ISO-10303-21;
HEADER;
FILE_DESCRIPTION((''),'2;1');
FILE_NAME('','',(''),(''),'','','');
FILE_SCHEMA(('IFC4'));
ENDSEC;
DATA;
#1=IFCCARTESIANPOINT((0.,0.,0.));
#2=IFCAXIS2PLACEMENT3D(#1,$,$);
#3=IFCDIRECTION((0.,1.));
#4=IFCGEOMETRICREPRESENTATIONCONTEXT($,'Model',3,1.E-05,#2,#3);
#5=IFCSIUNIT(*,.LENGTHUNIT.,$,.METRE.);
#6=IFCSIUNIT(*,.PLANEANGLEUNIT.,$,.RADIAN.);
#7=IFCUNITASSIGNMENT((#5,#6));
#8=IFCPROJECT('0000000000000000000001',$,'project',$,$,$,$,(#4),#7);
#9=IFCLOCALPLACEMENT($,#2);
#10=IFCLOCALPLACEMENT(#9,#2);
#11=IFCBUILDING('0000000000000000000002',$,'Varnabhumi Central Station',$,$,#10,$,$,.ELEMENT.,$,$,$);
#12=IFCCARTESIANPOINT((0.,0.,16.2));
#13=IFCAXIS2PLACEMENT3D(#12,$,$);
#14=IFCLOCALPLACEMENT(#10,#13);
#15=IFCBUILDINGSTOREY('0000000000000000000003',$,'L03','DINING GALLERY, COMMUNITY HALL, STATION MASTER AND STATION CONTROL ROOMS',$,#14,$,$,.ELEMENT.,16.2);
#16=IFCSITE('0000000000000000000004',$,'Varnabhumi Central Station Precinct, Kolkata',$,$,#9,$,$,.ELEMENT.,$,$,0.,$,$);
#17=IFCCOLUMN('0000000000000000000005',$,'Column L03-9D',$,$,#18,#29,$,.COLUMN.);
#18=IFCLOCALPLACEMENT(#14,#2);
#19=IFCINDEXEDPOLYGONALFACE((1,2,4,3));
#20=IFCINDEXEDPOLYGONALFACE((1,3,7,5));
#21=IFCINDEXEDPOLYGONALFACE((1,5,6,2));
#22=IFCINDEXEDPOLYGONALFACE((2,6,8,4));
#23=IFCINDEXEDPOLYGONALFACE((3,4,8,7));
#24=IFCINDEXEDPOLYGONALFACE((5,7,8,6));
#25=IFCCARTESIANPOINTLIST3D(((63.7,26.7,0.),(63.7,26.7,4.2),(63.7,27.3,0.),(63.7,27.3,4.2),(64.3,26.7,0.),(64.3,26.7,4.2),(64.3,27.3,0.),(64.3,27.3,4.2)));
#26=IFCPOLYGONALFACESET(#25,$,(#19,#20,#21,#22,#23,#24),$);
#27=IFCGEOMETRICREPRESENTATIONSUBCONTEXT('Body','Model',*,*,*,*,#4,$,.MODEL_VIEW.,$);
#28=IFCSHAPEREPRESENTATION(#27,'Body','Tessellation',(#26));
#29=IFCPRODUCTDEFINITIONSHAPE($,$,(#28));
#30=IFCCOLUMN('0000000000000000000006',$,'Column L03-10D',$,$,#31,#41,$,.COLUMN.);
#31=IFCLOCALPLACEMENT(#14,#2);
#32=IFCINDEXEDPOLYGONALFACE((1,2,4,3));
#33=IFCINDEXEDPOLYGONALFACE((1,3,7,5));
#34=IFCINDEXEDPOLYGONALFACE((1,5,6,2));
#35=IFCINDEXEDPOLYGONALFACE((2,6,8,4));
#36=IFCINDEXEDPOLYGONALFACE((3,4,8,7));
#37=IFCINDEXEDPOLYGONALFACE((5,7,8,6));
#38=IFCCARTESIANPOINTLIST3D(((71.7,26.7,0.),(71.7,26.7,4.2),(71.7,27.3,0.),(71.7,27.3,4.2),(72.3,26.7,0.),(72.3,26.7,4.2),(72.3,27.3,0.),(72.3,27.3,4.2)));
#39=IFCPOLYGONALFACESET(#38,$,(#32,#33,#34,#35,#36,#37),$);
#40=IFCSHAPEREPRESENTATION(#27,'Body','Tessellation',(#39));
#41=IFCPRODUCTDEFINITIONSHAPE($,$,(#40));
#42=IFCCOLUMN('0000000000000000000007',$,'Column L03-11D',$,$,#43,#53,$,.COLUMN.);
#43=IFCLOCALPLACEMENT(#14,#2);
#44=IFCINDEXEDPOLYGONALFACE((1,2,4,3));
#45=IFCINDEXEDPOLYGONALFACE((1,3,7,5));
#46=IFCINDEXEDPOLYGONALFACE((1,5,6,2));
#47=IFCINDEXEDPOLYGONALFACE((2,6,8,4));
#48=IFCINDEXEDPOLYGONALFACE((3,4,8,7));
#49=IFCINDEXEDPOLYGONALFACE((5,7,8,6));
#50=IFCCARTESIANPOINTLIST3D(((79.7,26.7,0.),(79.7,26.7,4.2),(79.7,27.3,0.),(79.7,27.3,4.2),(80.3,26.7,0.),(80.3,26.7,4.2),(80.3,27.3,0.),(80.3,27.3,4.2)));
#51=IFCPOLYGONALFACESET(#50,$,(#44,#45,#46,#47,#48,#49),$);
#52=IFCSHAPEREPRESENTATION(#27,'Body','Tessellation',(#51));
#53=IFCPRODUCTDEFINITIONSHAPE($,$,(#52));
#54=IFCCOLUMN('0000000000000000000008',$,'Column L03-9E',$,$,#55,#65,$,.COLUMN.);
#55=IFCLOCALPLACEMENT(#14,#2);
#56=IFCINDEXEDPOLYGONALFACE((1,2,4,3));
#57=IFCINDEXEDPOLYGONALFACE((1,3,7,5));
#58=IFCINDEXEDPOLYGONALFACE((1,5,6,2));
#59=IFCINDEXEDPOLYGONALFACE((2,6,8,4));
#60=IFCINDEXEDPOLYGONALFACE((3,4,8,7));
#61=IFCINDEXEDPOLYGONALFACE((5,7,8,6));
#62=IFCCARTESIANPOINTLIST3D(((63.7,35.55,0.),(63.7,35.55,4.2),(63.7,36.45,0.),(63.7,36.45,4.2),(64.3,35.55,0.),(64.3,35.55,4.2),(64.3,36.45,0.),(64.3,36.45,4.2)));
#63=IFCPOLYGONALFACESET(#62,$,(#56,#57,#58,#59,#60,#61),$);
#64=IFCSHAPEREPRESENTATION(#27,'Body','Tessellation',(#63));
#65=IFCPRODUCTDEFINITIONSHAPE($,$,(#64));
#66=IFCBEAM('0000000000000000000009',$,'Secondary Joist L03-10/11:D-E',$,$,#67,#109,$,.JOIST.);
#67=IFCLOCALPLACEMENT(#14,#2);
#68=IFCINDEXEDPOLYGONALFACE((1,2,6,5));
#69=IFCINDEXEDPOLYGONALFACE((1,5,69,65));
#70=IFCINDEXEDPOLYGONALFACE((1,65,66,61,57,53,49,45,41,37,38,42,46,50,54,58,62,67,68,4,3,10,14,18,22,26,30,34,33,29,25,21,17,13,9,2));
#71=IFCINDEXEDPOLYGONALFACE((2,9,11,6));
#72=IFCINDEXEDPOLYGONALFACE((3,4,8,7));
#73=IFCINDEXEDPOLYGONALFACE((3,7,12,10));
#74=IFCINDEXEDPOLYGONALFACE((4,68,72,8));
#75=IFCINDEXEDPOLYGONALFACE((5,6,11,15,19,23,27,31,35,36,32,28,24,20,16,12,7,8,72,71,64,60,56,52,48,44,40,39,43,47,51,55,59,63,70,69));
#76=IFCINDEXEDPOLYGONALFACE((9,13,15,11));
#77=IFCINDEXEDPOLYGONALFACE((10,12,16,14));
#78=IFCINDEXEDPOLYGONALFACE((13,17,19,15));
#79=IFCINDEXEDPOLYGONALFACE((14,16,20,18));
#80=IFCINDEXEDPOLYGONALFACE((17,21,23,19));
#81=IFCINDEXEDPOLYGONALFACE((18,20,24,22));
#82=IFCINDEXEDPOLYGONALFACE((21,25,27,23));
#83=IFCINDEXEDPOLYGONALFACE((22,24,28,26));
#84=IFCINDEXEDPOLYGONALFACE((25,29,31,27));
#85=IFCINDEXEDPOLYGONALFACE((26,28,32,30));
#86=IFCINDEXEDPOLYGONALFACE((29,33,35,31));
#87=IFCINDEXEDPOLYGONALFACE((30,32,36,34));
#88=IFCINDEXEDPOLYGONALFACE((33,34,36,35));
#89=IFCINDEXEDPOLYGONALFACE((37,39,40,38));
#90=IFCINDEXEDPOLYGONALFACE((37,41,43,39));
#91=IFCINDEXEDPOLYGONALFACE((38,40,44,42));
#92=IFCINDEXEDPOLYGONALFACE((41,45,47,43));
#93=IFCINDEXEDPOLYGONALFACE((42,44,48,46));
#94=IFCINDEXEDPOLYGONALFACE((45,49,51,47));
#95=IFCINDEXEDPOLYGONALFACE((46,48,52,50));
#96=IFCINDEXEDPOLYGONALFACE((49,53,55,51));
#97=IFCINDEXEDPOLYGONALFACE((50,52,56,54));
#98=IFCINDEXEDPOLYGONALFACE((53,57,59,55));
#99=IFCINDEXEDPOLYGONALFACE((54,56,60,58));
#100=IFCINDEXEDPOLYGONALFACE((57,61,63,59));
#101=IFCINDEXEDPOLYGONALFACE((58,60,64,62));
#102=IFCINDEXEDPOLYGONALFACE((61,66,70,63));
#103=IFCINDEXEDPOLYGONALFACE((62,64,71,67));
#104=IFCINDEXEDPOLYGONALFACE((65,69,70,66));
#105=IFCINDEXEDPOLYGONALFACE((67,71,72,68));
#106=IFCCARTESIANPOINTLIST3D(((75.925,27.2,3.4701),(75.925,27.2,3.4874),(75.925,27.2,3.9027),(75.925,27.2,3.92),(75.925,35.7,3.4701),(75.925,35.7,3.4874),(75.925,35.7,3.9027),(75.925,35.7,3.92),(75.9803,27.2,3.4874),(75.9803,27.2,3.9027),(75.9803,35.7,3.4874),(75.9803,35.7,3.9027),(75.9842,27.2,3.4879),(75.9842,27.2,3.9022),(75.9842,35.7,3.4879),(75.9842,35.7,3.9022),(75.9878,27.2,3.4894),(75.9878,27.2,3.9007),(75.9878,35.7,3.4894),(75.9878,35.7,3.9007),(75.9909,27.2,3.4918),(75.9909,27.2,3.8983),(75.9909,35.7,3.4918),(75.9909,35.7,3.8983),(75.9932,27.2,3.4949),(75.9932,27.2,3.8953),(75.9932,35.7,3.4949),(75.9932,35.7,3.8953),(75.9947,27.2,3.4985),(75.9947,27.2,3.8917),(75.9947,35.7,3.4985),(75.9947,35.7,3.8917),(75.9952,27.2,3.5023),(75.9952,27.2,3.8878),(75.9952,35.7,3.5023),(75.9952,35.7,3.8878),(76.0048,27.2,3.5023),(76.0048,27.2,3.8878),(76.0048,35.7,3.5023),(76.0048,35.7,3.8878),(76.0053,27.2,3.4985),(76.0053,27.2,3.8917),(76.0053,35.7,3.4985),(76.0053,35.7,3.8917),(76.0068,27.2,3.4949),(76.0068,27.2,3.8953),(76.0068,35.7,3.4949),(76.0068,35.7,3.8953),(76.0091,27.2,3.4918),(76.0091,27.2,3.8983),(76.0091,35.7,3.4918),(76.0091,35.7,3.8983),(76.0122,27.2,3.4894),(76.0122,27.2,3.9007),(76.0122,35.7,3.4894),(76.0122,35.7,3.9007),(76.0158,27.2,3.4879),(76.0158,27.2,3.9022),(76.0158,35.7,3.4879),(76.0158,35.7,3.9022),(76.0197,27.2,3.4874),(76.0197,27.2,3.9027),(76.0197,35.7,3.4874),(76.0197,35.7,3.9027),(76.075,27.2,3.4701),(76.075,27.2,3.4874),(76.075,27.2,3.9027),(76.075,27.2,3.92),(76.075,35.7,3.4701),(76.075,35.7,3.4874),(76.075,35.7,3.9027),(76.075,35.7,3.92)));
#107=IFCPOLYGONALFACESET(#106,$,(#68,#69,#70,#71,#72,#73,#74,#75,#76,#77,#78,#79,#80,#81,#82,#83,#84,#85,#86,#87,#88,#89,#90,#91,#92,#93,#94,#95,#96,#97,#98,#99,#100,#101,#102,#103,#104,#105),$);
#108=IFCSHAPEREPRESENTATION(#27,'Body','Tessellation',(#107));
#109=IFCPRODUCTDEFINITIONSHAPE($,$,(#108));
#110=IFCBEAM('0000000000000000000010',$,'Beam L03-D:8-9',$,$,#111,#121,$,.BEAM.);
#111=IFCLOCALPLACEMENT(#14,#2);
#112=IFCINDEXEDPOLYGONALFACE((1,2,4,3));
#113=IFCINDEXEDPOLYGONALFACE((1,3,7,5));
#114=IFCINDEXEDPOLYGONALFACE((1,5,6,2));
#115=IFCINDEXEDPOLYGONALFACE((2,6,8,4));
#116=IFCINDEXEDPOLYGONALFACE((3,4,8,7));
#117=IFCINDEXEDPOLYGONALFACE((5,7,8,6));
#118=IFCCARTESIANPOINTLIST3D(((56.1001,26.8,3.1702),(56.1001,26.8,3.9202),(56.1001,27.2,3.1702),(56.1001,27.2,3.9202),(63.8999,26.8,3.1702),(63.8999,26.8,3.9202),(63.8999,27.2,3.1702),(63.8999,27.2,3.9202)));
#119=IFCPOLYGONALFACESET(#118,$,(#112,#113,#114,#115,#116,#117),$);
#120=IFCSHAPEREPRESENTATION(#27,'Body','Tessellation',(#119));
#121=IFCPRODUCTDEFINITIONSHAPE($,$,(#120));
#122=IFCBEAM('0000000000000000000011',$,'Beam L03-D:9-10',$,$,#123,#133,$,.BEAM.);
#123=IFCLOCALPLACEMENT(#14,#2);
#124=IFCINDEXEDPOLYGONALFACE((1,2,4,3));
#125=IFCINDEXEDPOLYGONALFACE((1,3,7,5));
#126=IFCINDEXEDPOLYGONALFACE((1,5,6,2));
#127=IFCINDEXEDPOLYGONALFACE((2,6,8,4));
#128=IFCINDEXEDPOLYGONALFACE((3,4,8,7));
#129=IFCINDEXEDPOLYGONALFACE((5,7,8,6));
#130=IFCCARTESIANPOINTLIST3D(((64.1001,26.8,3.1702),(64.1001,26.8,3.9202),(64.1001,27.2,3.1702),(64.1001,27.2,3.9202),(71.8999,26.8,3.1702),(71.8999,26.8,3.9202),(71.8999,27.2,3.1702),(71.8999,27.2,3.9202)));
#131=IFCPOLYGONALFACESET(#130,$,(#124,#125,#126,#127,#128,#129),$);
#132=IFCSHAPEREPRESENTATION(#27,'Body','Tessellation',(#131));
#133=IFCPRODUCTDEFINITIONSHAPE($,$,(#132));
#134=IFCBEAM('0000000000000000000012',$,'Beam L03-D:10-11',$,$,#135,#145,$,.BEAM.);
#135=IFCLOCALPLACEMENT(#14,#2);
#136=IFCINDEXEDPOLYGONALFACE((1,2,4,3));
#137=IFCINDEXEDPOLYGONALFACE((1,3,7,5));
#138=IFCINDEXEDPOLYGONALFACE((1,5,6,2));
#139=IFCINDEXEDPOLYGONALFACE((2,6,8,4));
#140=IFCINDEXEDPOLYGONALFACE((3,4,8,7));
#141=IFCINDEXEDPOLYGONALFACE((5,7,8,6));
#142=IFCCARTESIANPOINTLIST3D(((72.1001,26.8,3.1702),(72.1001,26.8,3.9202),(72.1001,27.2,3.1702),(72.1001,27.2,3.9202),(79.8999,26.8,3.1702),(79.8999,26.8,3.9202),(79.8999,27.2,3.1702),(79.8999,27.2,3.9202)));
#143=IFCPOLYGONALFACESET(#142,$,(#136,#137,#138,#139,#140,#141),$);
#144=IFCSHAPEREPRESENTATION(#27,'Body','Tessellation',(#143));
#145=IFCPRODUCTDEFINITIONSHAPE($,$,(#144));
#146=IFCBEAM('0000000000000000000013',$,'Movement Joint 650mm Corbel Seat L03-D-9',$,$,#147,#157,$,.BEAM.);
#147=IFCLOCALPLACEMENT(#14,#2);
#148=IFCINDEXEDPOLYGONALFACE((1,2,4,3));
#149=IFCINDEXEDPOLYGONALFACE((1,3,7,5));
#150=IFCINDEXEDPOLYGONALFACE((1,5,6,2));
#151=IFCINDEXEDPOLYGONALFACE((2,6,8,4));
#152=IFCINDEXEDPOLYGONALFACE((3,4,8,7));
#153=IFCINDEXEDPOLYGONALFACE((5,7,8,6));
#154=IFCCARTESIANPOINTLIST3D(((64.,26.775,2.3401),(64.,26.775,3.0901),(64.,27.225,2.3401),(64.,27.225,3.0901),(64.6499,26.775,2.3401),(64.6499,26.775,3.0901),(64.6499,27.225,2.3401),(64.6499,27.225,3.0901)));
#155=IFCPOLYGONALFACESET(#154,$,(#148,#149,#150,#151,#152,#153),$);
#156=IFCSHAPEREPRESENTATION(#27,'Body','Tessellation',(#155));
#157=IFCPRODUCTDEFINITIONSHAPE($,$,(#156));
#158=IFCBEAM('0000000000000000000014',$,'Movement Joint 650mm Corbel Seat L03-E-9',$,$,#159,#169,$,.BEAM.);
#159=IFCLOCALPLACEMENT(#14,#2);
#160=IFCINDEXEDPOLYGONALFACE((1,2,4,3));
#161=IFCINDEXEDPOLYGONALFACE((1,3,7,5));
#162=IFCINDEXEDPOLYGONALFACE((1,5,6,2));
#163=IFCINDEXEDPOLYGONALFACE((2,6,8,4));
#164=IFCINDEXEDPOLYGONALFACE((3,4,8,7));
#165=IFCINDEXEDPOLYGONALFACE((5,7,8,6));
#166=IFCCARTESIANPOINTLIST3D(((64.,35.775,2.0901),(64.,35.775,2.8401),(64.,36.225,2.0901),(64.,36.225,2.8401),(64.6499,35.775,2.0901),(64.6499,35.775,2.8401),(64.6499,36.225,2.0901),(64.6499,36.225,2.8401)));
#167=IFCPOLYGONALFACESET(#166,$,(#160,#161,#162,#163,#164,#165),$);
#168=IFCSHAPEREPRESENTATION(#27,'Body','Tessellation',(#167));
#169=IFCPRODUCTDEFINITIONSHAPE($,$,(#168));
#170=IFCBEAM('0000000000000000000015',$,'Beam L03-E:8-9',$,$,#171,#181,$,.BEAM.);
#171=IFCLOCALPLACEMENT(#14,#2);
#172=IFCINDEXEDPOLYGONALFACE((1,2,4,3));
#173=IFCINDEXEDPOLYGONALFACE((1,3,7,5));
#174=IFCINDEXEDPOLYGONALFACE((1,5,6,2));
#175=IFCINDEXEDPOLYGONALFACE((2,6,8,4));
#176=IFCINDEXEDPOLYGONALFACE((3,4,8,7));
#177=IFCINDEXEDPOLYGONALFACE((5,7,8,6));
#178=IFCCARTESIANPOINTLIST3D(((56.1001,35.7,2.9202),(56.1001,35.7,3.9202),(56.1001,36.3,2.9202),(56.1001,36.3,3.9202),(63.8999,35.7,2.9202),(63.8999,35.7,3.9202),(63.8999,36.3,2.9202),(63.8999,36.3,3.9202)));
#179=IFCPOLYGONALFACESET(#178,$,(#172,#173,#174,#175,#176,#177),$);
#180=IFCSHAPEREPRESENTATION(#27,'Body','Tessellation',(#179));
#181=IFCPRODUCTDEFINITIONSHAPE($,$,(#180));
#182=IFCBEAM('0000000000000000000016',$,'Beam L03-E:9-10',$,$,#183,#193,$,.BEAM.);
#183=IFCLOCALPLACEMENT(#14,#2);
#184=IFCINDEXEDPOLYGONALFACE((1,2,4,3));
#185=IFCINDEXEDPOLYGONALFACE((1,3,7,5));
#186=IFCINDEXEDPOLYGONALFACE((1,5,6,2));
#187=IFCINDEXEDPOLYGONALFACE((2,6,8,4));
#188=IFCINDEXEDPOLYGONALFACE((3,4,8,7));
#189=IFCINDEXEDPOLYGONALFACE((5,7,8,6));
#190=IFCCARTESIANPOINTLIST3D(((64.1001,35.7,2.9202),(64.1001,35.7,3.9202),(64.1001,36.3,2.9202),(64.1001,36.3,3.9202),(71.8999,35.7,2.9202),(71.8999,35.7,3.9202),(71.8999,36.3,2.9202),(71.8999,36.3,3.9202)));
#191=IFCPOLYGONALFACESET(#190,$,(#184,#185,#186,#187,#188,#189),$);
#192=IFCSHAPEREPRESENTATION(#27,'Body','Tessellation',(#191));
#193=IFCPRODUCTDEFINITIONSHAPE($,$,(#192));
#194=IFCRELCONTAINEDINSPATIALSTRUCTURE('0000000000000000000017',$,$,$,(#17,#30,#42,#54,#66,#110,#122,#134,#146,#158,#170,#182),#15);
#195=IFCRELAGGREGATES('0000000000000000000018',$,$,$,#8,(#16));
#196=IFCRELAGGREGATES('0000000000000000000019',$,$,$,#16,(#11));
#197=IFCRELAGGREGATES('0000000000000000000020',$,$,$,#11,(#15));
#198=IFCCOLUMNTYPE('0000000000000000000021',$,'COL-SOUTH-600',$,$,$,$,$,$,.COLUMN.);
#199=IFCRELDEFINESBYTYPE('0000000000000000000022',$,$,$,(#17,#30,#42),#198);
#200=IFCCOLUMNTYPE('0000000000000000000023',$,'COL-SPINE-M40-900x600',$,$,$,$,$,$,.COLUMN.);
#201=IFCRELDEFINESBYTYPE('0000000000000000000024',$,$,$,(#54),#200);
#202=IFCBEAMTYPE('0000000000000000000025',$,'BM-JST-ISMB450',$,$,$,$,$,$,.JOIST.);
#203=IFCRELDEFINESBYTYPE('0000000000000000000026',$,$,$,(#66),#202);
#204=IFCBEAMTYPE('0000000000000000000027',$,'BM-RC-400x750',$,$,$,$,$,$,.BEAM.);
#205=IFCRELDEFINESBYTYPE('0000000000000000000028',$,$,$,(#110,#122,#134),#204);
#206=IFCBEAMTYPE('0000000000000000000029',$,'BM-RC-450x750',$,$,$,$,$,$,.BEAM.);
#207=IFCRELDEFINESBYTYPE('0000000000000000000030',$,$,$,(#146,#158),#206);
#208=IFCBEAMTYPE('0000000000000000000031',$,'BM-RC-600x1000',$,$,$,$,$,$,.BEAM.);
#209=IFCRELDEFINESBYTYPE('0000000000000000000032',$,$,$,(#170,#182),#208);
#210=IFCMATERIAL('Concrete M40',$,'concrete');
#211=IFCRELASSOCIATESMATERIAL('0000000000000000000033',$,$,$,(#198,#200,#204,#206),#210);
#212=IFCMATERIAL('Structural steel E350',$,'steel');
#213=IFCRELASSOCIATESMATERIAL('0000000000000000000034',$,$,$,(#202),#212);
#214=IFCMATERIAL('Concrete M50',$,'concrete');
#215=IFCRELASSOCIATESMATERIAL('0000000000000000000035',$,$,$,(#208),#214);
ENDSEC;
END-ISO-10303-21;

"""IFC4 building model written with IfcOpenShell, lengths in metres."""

from ifc_helpers import new_model, si_unit, direction, frame, origin, origin_2d, place, context, subcontext, project, spatial, rectangle, i_section, extrude, material, material_profile, profile_set, type_object, element, save


model = new_model("IFC4")

# Units and contexts
model_context = context("Model", 3, precision=1e-05, world=origin(), true_north=direction((0.0, 1.0)))
body_context = subcontext(model_context, "Body", "Model", "MODEL_VIEW")
ifc_project = project(units=[si_unit("LENGTHUNIT", "METRE"), si_unit("PLANEANGLEUNIT", "RADIAN")], contexts=[model_context])

# Site, building, storey
site_placement = place(None, origin())
site = spatial("IfcSite", under=ifc_project, at=site_placement, Name="Varnabhumi Central Station Precinct, Kolkata", CompositionType="ELEMENT", RefElevation=0.0)
building_placement = place(site_placement, origin())
building = spatial("IfcBuilding", under=site, at=building_placement, Name="Varnabhumi Central Station", CompositionType="ELEMENT")
storey_placement = place(building_placement, frame((0.0, 0.0, 16.2)))
storey = spatial("IfcBuildingStorey", under=building, at=storey_placement, Name="L03", Description="DINING GALLERY, COMMUNITY HALL, STATION MASTER AND STATION CONTROL ROOMS", CompositionType="ELEMENT", Elevation=16.2)

# Columns
ifc_material_1 = material(Name="Concrete M40", Category="concrete")
ifc_material_profile_1 = material_profile(ifc_material_1, rectangle(XDim=0.6001, YDim=0.6001, at=origin_2d()), Name="Concrete M40", Category="concrete")
ifc_profile_set_1 = profile_set([ifc_material_profile_1], Name="Concrete M40")
column_type_1 = type_object("IfcColumnType", Name="COL-SOUTH-600", PredefinedType="COLUMN", material=ifc_profile_set_1)
for number, where, z_axis, x_axis, name in (
    (1, (64.0, 27.0, 0.0), (0.0, 0.0, 1.0), (1.0, 0.0, 0.0), "Column L03-9D"),
    (2, (72.0, 27.0, 0.0), (0.0, 0.0, 1.0), (1.0, 0.0, 0.0), "Column L03-10D"),
    (3, (80.0, 27.0, 0.0), (0.0, 0.0, 1.0), (1.0, 0.0, 0.0), "Column L03-11D"),
):
    element("IfcColumn", number, at=place(storey_placement, frame(where, z_axis=z_axis, x_axis=x_axis)), inside=storey, type_object=column_type_1, Name=name, PredefinedType="COLUMN", context=body_context, shape_type="SweptSolid", body=[
        extrude(rectangle(XDim=0.6001, YDim=0.6001, at=origin_2d()), origin(), (0.0, 0.0, 1.0), 4.2),
    ])
ifc_material_profile_2 = material_profile(ifc_material_1, rectangle(XDim=0.6001, YDim=0.8999, at=origin_2d()), Name="Concrete M40", Category="concrete")
ifc_profile_set_2 = profile_set([ifc_material_profile_2], Name="Concrete M40")
column_type_2 = type_object("IfcColumnType", Name="COL-SPINE-M40-900x600", PredefinedType="COLUMN", material=ifc_profile_set_2)
column_placement = place(storey_placement, frame((64.0, 36.0, 0.0), z_axis=(0.0, 0.0, 1.0), x_axis=(1.0, 0.0, 0.0)))
element("IfcColumn", 4, at=column_placement, inside=storey, type_object=column_type_2, Name="Column L03-9E", PredefinedType="COLUMN", context=body_context, shape_type="SweptSolid", body=[
    extrude(rectangle(XDim=0.6001, YDim=0.8999, at=origin_2d()), origin(), (0.0, 0.0, 1.0), 4.2),
])

# Beams
ifc_material_2 = material(Name="Structural steel E350", Category="steel")
ifc_material_profile_3 = material_profile(ifc_material_2, i_section(OverallWidth=0.1499, OverallDepth=0.45, WebThickness=0.0095, FlangeThickness=0.0173, FilletRadius=0.0149, at=origin_2d()), Name="Structural steel E350", Category="steel")
ifc_profile_set_3 = profile_set([ifc_material_profile_3], Name="Structural steel E350")
beam_type_1 = type_object("IfcBeamType", Name="BM-JST-ISMB450", PredefinedType="JOIST", material=ifc_profile_set_3)
beam_1_placement = place(storey_placement, frame((76.0, 27.2, 3.6951), z_axis=(0.0, 1.0, 0.0), x_axis=(-1.0, 0.0, 0.0)))
element("IfcBeam", 5, at=beam_1_placement, inside=storey, type_object=beam_type_1, Name="Secondary Joist L03-10/11:D-E", PredefinedType="JOIST", context=body_context, shape_type="SweptSolid", body=[
    extrude(i_section(OverallWidth=0.1499, OverallDepth=0.45, WebThickness=0.0095, FlangeThickness=0.0173, FilletRadius=0.0149, at=origin_2d()), origin(), (0.0, 0.0, 1.0), 8.5),
])
ifc_material_profile_4 = material_profile(ifc_material_1, rectangle(XDim=0.3999, YDim=0.75, at=origin_2d()), Name="Concrete M40", Category="concrete")
ifc_profile_set_4 = profile_set([ifc_material_profile_4], Name="Concrete M40")
beam_type_2 = type_object("IfcBeamType", Name="BM-RC-400x750", PredefinedType="BEAM", material=ifc_profile_set_4)
for number, where, z_axis, x_axis, name in (
    (6, (56.1001, 27.0, 3.5452), (1.0, 0.0, 0.0), (0.0, 1.0, 0.0), "Beam L03-D:8-9"),
    (7, (64.1001, 27.0, 3.5452), (1.0, 0.0, 0.0), (0.0, 1.0, 0.0), "Beam L03-D:9-10"),
    (8, (72.1001, 27.0, 3.5452), (1.0, 0.0, 0.0), (0.0, 1.0, 0.0), "Beam L03-D:10-11"),
):
    element("IfcBeam", number, at=place(storey_placement, frame(where, z_axis=z_axis, x_axis=x_axis)), inside=storey, type_object=beam_type_2, Name=name, PredefinedType="BEAM", context=body_context, shape_type="SweptSolid", body=[
        extrude(rectangle(XDim=0.3999, YDim=0.75, at=origin_2d()), origin(), (0.0, 0.0, 1.0), 7.7998),
    ])
ifc_material_profile_5 = material_profile(ifc_material_1, rectangle(XDim=0.45, YDim=0.75, at=origin_2d()), Name="Concrete M40", Category="concrete")
ifc_profile_set_5 = profile_set([ifc_material_profile_5], Name="Concrete M40")
beam_type_3 = type_object("IfcBeamType", Name="BM-RC-450x750", PredefinedType="BEAM", material=ifc_profile_set_5)
for number, where, z_axis, x_axis, name in (
    (9, (64.0, 27.0, 2.7151), (1.0, 0.0, 0.0), (0.0, 1.0, 0.0), "Movement Joint 650mm Corbel Seat L03-D-9"),
    (10, (64.0, 36.0, 2.4651), (1.0, 0.0, 0.0), (0.0, 1.0, 0.0), "Movement Joint 650mm Corbel Seat L03-E-9"),
):
    element("IfcBeam", number, at=place(storey_placement, frame(where, z_axis=z_axis, x_axis=x_axis)), inside=storey, type_object=beam_type_3, Name=name, PredefinedType="BEAM", context=body_context, shape_type="SweptSolid", body=[
        extrude(rectangle(XDim=0.45, YDim=0.75, at=origin_2d()), origin(), (0.0, 0.0, 1.0), 0.6499),
    ])
ifc_material_3 = material(Name="Concrete M50", Category="concrete")
ifc_material_profile_6 = material_profile(ifc_material_3, rectangle(XDim=0.6001, YDim=1.0, at=origin_2d()), Name="Concrete M50", Category="concrete")
ifc_profile_set_6 = profile_set([ifc_material_profile_6], Name="Concrete M50")
beam_type_4 = type_object("IfcBeamType", Name="BM-RC-600x1000", PredefinedType="BEAM", material=ifc_profile_set_6)
for number, where, z_axis, x_axis, name in (
    (11, (56.1001, 36.0, 3.4202), (1.0, 0.0, 0.0), (0.0, 1.0, 0.0), "Beam L03-E:8-9"),
    (12, (64.1001, 36.0, 3.4202), (1.0, 0.0, 0.0), (0.0, 1.0, 0.0), "Beam L03-E:9-10"),
):
    element("IfcBeam", number, at=place(storey_placement, frame(where, z_axis=z_axis, x_axis=x_axis)), inside=storey, type_object=beam_type_4, Name=name, PredefinedType="BEAM", context=body_context, shape_type="SweptSolid", body=[
        extrude(rectangle(XDim=0.6001, YDim=1.0, at=origin_2d()), origin(), (0.0, 0.0, 1.0), 7.7998),
    ])

save(model, "model.ifc")
